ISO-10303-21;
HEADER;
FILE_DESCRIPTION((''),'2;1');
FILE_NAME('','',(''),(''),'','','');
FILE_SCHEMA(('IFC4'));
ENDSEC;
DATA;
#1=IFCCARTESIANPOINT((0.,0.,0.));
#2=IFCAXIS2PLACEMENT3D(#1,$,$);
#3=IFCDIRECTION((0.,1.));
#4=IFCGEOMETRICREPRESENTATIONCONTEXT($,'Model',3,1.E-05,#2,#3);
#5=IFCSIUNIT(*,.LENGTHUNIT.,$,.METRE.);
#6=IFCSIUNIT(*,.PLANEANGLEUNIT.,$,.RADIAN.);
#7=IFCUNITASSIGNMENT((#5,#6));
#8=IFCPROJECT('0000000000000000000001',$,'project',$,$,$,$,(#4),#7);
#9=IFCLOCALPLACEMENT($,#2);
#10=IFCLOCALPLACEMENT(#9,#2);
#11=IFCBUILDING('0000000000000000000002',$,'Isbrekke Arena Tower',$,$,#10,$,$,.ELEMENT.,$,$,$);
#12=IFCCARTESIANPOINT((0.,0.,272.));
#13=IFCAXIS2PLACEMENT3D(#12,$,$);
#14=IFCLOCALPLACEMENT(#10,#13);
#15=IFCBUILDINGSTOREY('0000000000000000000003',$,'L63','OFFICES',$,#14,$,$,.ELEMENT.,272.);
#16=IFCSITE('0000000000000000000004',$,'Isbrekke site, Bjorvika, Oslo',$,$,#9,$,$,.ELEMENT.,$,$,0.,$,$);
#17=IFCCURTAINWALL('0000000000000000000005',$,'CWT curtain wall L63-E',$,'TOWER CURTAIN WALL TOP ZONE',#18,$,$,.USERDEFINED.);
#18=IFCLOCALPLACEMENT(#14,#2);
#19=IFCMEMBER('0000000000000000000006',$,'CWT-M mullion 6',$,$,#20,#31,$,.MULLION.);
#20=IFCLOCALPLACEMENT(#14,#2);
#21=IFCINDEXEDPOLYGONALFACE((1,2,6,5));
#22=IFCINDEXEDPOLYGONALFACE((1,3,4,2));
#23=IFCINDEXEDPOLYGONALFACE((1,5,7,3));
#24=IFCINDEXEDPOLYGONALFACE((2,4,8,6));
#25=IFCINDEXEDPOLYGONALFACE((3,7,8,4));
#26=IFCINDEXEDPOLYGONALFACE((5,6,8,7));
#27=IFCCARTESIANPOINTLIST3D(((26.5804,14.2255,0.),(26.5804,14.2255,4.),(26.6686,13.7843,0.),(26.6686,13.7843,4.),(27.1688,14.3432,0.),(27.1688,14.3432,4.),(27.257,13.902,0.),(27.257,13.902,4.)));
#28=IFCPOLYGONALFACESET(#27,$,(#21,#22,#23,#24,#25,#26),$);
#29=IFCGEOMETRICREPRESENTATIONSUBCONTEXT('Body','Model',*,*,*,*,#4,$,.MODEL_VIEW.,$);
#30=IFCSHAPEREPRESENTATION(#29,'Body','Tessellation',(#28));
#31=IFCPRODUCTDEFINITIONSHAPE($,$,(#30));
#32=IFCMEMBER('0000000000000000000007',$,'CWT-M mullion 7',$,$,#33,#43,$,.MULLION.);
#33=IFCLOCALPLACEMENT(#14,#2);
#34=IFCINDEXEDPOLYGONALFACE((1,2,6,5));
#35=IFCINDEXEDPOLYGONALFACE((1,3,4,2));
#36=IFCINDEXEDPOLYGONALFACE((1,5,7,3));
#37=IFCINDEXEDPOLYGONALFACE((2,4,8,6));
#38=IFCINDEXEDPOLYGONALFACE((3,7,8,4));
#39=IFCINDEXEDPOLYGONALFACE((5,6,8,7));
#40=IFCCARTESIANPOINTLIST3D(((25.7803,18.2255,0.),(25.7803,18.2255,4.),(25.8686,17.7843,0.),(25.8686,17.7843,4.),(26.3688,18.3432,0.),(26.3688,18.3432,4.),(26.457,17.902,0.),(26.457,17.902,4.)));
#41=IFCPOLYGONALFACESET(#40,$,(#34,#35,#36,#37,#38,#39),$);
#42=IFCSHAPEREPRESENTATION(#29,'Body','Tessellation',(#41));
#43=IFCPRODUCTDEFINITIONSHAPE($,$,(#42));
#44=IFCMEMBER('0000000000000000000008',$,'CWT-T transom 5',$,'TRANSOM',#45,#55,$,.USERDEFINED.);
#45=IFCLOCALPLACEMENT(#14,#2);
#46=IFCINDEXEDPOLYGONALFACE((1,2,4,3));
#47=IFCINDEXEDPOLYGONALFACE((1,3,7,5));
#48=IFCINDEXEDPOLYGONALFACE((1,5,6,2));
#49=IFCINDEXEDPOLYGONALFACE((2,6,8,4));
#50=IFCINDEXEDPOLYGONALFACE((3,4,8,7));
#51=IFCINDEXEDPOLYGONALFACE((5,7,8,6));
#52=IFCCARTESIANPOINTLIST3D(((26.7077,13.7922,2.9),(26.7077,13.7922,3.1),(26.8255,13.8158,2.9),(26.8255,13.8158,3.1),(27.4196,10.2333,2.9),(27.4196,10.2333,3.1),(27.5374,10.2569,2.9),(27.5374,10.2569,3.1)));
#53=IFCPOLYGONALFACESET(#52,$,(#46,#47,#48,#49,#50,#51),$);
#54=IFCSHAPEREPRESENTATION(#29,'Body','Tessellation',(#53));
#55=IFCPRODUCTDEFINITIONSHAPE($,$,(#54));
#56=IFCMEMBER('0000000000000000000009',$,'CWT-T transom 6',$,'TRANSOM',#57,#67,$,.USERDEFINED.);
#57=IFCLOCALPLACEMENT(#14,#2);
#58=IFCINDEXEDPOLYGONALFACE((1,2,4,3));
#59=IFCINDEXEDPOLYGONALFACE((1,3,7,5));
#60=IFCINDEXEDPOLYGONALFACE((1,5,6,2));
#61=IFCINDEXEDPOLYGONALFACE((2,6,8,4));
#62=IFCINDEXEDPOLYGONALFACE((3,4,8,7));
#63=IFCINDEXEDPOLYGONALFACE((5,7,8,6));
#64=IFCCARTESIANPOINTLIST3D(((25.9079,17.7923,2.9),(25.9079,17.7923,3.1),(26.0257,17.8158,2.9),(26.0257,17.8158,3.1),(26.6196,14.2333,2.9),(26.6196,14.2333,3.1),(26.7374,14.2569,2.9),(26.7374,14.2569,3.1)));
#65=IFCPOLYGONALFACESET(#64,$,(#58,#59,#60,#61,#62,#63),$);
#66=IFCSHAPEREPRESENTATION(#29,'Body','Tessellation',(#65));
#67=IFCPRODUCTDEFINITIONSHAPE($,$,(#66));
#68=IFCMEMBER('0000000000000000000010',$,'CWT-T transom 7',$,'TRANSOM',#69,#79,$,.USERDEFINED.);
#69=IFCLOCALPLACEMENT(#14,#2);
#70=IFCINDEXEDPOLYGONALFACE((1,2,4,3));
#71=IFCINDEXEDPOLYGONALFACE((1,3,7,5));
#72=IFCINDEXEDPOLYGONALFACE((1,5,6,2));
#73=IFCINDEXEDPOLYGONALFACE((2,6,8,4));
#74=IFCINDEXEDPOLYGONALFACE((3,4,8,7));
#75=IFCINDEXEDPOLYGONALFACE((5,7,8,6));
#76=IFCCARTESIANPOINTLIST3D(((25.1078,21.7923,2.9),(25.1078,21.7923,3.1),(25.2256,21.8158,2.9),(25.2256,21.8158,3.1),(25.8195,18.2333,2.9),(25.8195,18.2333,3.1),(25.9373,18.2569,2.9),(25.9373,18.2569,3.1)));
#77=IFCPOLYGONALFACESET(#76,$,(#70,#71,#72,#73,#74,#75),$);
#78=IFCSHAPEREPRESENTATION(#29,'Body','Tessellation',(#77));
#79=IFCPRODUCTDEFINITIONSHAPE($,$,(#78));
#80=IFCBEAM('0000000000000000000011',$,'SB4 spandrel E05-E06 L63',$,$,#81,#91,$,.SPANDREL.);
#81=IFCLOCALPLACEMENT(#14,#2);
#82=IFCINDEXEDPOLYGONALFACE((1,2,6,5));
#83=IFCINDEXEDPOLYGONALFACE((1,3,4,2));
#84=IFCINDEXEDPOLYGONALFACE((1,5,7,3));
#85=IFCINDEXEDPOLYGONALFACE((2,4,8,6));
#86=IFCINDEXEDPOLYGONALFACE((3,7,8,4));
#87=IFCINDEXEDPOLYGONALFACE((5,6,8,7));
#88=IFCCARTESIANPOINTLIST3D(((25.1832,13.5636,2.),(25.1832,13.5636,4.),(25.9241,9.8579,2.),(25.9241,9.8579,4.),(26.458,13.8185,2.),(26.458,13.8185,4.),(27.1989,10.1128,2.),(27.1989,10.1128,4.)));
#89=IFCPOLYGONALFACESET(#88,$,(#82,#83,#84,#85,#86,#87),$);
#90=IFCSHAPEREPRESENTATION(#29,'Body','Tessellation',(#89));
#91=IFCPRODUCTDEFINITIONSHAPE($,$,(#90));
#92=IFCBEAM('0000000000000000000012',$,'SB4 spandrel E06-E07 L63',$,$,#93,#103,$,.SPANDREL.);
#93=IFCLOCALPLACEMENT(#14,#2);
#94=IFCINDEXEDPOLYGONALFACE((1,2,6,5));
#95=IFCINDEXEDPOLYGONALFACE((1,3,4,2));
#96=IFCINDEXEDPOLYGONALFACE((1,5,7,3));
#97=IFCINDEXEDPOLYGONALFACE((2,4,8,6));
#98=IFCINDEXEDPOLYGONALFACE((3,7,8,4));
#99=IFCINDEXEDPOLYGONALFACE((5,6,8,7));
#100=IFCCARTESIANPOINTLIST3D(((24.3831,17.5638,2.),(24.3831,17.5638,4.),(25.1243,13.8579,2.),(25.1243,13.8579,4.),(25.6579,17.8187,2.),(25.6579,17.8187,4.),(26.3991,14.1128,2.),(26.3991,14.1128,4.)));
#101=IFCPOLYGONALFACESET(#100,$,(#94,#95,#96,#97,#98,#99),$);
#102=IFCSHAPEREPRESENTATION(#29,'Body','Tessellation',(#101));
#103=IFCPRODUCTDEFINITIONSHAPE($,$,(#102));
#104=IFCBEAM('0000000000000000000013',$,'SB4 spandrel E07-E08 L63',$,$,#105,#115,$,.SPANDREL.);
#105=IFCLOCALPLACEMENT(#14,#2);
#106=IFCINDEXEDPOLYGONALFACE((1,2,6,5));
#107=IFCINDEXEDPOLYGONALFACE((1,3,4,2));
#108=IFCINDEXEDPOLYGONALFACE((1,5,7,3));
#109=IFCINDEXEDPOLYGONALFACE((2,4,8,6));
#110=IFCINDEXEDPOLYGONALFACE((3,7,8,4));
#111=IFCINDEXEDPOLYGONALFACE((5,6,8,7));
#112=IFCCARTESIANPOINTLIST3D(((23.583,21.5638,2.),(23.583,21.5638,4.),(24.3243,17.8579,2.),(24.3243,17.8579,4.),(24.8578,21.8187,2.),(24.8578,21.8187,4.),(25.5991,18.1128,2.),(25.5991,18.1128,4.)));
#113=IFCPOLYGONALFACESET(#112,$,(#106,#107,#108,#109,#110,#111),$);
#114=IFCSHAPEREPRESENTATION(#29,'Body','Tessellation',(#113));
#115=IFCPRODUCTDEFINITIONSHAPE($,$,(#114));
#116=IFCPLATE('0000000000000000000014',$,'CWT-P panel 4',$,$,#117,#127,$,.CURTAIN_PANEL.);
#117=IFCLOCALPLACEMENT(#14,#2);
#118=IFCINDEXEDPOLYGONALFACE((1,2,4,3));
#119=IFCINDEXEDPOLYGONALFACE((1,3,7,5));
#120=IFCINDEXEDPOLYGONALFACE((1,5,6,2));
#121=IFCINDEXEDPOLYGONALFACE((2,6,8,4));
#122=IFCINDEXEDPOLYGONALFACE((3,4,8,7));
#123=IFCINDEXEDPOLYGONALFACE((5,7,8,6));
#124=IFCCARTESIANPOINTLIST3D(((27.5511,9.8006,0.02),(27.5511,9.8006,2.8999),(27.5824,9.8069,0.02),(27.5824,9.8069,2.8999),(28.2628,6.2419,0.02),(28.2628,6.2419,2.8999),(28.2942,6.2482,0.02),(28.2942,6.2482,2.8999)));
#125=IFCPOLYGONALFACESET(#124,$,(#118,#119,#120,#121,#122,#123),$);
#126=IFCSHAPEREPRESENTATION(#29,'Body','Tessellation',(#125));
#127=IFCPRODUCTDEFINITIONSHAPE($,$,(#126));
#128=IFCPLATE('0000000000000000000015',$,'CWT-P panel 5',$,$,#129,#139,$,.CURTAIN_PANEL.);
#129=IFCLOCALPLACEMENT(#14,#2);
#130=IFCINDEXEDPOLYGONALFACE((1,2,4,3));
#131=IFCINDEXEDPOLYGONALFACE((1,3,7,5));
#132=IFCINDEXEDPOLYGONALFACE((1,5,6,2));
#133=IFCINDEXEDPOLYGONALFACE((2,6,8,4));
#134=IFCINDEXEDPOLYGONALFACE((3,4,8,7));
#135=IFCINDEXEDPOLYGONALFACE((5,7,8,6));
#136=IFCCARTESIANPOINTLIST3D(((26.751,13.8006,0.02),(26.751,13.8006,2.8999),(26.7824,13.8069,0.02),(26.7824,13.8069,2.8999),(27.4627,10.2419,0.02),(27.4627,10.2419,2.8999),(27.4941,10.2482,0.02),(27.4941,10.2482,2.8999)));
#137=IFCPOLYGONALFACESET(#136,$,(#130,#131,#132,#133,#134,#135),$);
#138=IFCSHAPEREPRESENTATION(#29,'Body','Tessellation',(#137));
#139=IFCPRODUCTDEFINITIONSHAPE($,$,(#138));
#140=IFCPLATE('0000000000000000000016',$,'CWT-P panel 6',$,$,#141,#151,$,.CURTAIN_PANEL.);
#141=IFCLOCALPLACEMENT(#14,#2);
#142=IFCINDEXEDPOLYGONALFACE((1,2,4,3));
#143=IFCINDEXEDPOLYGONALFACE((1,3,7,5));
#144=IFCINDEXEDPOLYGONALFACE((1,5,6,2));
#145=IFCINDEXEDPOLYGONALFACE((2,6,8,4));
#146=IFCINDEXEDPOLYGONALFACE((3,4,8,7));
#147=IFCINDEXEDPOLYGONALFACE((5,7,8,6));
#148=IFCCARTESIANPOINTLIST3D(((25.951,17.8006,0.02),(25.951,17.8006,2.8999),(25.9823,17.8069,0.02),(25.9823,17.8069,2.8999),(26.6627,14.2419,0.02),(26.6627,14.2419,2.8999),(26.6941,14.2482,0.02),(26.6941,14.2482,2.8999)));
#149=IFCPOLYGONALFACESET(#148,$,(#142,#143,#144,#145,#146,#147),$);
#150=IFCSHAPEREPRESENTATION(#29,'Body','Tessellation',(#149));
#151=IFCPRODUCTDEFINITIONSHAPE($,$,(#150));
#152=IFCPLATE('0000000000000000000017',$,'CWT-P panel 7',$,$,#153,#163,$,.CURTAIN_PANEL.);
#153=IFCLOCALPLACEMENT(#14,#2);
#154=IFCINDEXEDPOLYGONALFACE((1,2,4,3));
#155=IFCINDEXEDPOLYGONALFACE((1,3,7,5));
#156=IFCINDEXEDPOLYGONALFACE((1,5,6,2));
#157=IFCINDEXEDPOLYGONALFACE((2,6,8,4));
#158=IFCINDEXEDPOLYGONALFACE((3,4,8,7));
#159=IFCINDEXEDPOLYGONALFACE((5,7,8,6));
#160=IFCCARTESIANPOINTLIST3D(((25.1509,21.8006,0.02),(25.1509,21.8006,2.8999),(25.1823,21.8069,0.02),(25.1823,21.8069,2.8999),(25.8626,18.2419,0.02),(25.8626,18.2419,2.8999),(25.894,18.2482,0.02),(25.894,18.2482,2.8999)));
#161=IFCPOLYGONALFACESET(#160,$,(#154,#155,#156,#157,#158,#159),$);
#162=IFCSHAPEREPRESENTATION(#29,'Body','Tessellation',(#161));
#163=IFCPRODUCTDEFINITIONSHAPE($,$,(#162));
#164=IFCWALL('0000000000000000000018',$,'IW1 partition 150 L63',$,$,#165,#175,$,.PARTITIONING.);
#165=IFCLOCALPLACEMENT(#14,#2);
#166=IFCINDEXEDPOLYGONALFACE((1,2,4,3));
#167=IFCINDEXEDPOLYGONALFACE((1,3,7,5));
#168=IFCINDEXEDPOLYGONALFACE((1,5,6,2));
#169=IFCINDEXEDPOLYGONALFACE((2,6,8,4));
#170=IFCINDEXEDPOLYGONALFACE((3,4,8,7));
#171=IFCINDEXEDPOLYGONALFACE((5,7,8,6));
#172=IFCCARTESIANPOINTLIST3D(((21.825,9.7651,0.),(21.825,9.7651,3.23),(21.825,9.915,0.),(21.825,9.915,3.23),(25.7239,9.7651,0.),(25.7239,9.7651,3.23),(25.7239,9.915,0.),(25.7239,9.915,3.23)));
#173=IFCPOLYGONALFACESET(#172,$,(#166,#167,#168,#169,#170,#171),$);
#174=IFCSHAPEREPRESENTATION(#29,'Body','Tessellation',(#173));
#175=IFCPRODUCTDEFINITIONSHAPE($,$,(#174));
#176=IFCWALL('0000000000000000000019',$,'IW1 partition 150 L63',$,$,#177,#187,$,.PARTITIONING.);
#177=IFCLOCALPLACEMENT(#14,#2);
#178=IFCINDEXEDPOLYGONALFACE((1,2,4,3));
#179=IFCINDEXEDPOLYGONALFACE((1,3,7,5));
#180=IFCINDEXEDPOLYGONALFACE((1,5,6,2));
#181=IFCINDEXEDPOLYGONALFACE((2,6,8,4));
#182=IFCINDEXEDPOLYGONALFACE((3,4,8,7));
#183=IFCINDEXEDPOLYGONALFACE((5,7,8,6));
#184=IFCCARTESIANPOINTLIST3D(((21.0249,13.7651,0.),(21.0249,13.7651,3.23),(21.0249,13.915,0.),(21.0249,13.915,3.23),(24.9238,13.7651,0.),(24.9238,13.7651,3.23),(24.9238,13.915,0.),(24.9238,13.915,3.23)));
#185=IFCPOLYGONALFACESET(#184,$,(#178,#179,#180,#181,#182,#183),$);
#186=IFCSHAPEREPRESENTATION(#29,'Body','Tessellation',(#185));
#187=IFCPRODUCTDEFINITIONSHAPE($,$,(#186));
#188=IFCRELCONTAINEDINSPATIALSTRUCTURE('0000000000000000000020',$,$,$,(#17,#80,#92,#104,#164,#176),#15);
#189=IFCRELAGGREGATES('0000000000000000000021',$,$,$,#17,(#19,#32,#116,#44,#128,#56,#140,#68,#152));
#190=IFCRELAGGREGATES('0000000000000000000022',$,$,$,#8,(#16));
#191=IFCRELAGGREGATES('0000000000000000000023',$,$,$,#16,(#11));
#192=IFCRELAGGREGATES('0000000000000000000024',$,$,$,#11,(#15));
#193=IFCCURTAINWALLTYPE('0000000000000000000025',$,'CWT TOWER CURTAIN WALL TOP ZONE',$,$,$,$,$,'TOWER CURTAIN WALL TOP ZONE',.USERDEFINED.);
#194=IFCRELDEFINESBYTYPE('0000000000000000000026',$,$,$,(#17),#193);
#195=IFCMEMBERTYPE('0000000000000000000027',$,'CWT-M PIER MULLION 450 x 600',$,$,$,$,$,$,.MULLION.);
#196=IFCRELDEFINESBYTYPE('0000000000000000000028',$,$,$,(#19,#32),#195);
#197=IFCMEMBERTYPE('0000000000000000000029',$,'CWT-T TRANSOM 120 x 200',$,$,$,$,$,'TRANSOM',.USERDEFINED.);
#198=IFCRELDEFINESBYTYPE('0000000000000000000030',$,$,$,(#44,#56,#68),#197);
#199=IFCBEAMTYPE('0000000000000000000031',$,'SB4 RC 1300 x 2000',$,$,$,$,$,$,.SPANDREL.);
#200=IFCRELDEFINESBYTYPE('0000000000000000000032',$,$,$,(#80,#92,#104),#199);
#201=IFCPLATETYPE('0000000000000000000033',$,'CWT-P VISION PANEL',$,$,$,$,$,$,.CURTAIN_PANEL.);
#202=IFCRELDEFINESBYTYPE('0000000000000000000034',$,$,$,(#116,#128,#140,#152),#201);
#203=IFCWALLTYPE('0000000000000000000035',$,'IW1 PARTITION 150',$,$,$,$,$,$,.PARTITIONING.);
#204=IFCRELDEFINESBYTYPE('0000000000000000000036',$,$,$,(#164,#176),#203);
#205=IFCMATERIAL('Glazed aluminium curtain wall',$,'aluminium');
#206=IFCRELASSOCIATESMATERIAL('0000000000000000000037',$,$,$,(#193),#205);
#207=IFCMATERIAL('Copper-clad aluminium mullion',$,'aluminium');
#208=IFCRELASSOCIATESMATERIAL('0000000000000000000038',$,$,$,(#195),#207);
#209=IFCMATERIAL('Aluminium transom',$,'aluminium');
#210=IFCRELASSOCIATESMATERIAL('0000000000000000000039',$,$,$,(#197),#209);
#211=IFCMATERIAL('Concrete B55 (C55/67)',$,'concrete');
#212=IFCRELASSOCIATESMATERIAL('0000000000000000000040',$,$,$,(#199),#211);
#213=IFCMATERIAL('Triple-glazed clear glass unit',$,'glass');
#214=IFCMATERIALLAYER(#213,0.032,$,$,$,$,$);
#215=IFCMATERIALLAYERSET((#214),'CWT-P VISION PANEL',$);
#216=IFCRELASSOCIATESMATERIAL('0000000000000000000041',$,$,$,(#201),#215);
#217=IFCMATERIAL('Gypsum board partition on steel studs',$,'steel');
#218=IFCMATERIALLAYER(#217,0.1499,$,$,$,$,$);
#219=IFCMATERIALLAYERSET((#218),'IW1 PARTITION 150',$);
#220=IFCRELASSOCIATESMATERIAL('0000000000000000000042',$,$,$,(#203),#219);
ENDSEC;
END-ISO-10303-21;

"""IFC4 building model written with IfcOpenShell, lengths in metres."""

from ifc_helpers import new_model, si_unit, direction, frame, frame_2d, origin, origin_2d, place, context, subcontext, project, spatial, rectangle, extrude, material, layer, layer_set, material_profile, profile_set, type_object, element, aggregate, save


model = new_model("IFC4")

# Units and contexts
model_context = context("Model", 3, precision=1e-05, world=origin(), true_north=direction((0.0, 1.0)))
body_context = subcontext(model_context, "Body", "Model", "MODEL_VIEW")
ifc_project = project(units=[si_unit("LENGTHUNIT", "METRE"), si_unit("PLANEANGLEUNIT", "RADIAN")], contexts=[model_context])

# Site, building, storey
site_placement = place(None, origin())
site = spatial("IfcSite", under=ifc_project, at=site_placement, Name="Isbrekke site, Bjorvika, Oslo", CompositionType="ELEMENT", RefElevation=0.0)
building_placement = place(site_placement, origin())
building = spatial("IfcBuilding", under=site, at=building_placement, Name="Isbrekke Arena Tower", CompositionType="ELEMENT")
storey_placement = place(building_placement, frame((0.0, 0.0, 272.0)))
storey = spatial("IfcBuildingStorey", under=building, at=storey_placement, Name="L63", Description="OFFICES", CompositionType="ELEMENT", Elevation=272.0)

# Curtain wall, members
ifc_material_1 = material(Name="Glazed aluminium curtain wall", Category="aluminium")
curtain_wall_type = type_object("IfcCurtainWallType", Name="CWT TOWER CURTAIN WALL TOP ZONE", ElementType="TOWER CURTAIN WALL TOP ZONE", PredefinedType="USERDEFINED", material=ifc_material_1)
curtain_wall_placement = place(storey_placement, origin())
curtain_wall = element("IfcCurtainWall", 1, at=curtain_wall_placement, inside=storey, type_object=curtain_wall_type, Name="CWT curtain wall L63-E", ObjectType="TOWER CURTAIN WALL TOP ZONE", PredefinedType="USERDEFINED")
ifc_material_2 = material(Name="Copper-clad aluminium mullion", Category="aluminium")
ifc_material_profile_1 = material_profile(ifc_material_2, rectangle(XDim=0.45, YDim=0.6001, at=origin_2d()), Name="PIER 450X600")
ifc_profile_set_1 = profile_set([ifc_material_profile_1], Name="Copper-clad aluminium mullion")
member_type_1 = type_object("IfcMemberType", Name="CWT-M PIER MULLION 450 x 600", PredefinedType="MULLION", material=ifc_profile_set_1)
member_1_placement = place(storey_placement, frame((26.9187, 14.0637, 0.0), z_axis=(0.0, 0.0, 1.0), x_axis=(-0.196116, 0.980581, 0.0)))
member_1 = element("IfcMember", 2, at=member_1_placement, type_object=member_type_1, Name="CWT-M mullion 6", PredefinedType="MULLION", context=body_context, shape_type="SweptSolid", body=[
    extrude(rectangle(XDim=0.45, YDim=0.6001, at=origin_2d()), origin(), (0.0, 0.0, 1.0), 4.0),
])
member_2_placement = place(storey_placement, frame((26.1187, 18.0637, 0.0), z_axis=(0.0, 0.0, 1.0), x_axis=(-0.196116, 0.980581, 0.0)))
member_2 = element("IfcMember", 3, at=member_2_placement, type_object=member_type_1, Name="CWT-M mullion 7", PredefinedType="MULLION", context=body_context, shape_type="SweptSolid", body=[
    extrude(rectangle(XDim=0.45, YDim=0.6001, at=origin_2d()), origin(), (0.0, 0.0, 1.0), 4.0),
])
ifc_material_3 = material(Name="Aluminium transom", Category="aluminium")
ifc_material_profile_2 = material_profile(ifc_material_3, rectangle(XDim=0.1201, YDim=0.2, at=origin_2d()), Name="TRANSOM 120X200")
ifc_profile_set_2 = profile_set([ifc_material_profile_2], Name="Aluminium transom")
member_type_2 = type_object("IfcMemberType", Name="CWT-T TRANSOM 120 x 200", ElementType="TRANSOM", PredefinedType="USERDEFINED", material=ifc_profile_set_2)
member_3_placement = place(storey_placement, frame((27.4785, 10.2451, 3.0), z_axis=(-0.196155, 0.980573, 0.0), x_axis=(-0.980573, -0.196155, 0.0)))
member_3 = element("IfcMember", 4, at=member_3_placement, type_object=member_type_2, Name="CWT-T transom 5", ObjectType="TRANSOM", PredefinedType="USERDEFINED", context=body_context, shape_type="SweptSolid", body=[
    extrude(rectangle(XDim=0.1201, YDim=0.2, at=origin_2d()), origin(), (0.0, 0.0, 1.0), 3.6294),
])
member_4_placement = place(storey_placement, frame((26.6785, 14.2451, 3.0), z_axis=(-0.19609, 0.980586, 0.0), x_axis=(-0.980586, -0.19609, 0.0)))
member_4 = element("IfcMember", 5, at=member_4_placement, type_object=member_type_2, Name="CWT-T transom 6", ObjectType="TRANSOM", PredefinedType="USERDEFINED", context=body_context, shape_type="SweptSolid", body=[
    extrude(rectangle(XDim=0.1201, YDim=0.2, at=origin_2d()), origin(), (0.0, 0.0, 1.0), 3.6294),
])
member_5_placement = place(storey_placement, frame((25.8784, 18.2451, 3.0), z_axis=(-0.19609, 0.980586, 0.0), x_axis=(-0.980586, -0.19609, 0.0)))
member_5 = element("IfcMember", 6, at=member_5_placement, type_object=member_type_2, Name="CWT-T transom 7", ObjectType="TRANSOM", PredefinedType="USERDEFINED", context=body_context, shape_type="SweptSolid", body=[
    extrude(rectangle(XDim=0.1201, YDim=0.2, at=origin_2d()), origin(), (0.0, 0.0, 1.0), 3.6294),
])

# Beams
ifc_material_4 = material(Name="Concrete B55 (C55/67)", Category="concrete")
ifc_material_profile_3 = material_profile(ifc_material_4, rectangle(XDim=1.3, YDim=2.0, at=origin_2d()), Name="RC 1300x2000")
ifc_profile_set_3 = profile_set([ifc_material_profile_3], Name="Concrete B55 (C55/67)")
beam_type_1 = type_object("IfcBeamType", Name="SB4 RC 1300 x 2000", PredefinedType="SPANDREL", material=ifc_profile_set_3)
beam_1_placement = place(storey_placement, frame((26.5615, 9.9854, 3.0), z_axis=(-0.196066, 0.980591, 0.0), x_axis=(-0.980591, -0.196066, 0.0)))
element("IfcBeam", 7, at=beam_1_placement, inside=storey, type_object=beam_type_1, Name="SB4 spandrel E05-E06 L63", PredefinedType="SPANDREL", context=body_context, shape_type="SweptSolid", body=[
    extrude(rectangle(XDim=1.3, YDim=2.0, at=origin_2d()), origin(), (0.0, 0.0, 1.0), 3.7791),
])
for number, where, z_axis, x_axis, name in (
    (8, (25.7617, 13.9854, 3.0), (-0.196129, 0.980578, 0.0), (-0.980578, -0.196129, 0.0), "SB4 spandrel E06-E07 L63"),
    (9, (24.9617, 17.9854, 3.0), (-0.196129, 0.980578, 0.0), (-0.980578, -0.196129, 0.0), "SB4 spandrel E07-E08 L63"),
):
    element("IfcBeam", number, at=place(storey_placement, frame(where, z_axis=z_axis, x_axis=x_axis)), inside=storey, type_object=beam_type_1, Name=name, PredefinedType="SPANDREL", context=body_context, shape_type="SweptSolid", body=[
        extrude(rectangle(XDim=1.3, YDim=2.0, at=origin_2d()), origin(), (0.0, 0.0, 1.0), 3.7793),
    ])

# Plates
ifc_material_5 = material(Name="Triple-glazed clear glass unit", Category="glass")
ifc_layer_1 = layer(ifc_material_5, 0.032)
ifc_layer_set_1 = layer_set([ifc_layer_1], Name="CWT-P VISION PANEL")
plate_type = type_object("IfcPlateType", Name="CWT-P VISION PANEL", PredefinedType="CURTAIN_PANEL", material=ifc_layer_set_1)
plate_1_placement = place(storey_placement, frame((27.9226, 8.0244, 0.02), z_axis=(0.0, 0.0, 1.0), x_axis=(-0.196116, 0.980581, 0.0)))
plate_1 = element("IfcPlate", 10, at=plate_1_placement, type_object=plate_type, Name="CWT-P panel 4", PredefinedType="CURTAIN_PANEL", context=body_context, shape_type="SweptSolid", body=[
    extrude(rectangle(XDim=3.6292, YDim=0.032, at=origin_2d()), origin(), (0.0, 0.0, 1.0), 2.8799),
])
plate_2_placement = place(storey_placement, frame((27.1226, 12.0244, 0.02), z_axis=(0.0, 0.0, 1.0), x_axis=(-0.196116, 0.980581, 0.0)))
plate_2 = element("IfcPlate", 11, at=plate_2_placement, type_object=plate_type, Name="CWT-P panel 5", PredefinedType="CURTAIN_PANEL", context=body_context, shape_type="SweptSolid", body=[
    extrude(rectangle(XDim=3.6292, YDim=0.032, at=origin_2d()), origin(), (0.0, 0.0, 1.0), 2.8799),
])
plate_3_placement = place(storey_placement, frame((26.3225, 16.0244, 0.02), z_axis=(0.0, 0.0, 1.0), x_axis=(-0.196116, 0.980581, 0.0)))
plate_3 = element("IfcPlate", 12, at=plate_3_placement, type_object=plate_type, Name="CWT-P panel 6", PredefinedType="CURTAIN_PANEL", context=body_context, shape_type="SweptSolid", body=[
    extrude(rectangle(XDim=3.6292, YDim=0.032, at=origin_2d()), origin(), (0.0, 0.0, 1.0), 2.8799),
])
plate_4_placement = place(storey_placement, frame((25.5225, 20.0244, 0.02), z_axis=(0.0, 0.0, 1.0), x_axis=(-0.196116, 0.980581, 0.0)))
plate_4 = element("IfcPlate", 13, at=plate_4_placement, type_object=plate_type, Name="CWT-P panel 7", PredefinedType="CURTAIN_PANEL", context=body_context, shape_type="SweptSolid", body=[
    extrude(rectangle(XDim=3.6292, YDim=0.032, at=origin_2d()), origin(), (0.0, 0.0, 1.0), 2.8799),
])
aggregate(curtain_wall, [member_1, member_2, plate_1, member_3, plate_2, member_4, plate_3, member_5, plate_4])

# Walls
ifc_material_6 = material(Name="Gypsum board partition on steel studs", Category="steel")
ifc_layer_2 = layer(ifc_material_6, 0.1499)
ifc_layer_set_2 = layer_set([ifc_layer_2], Name="IW1 PARTITION 150")
wall_type = type_object("IfcWallType", Name="IW1 PARTITION 150", PredefinedType="PARTITIONING", material=ifc_layer_set_2)
for number, where, z_axis, x_axis, name in (
    (14, (21.825, 9.8401, 0.0), (0.0, 0.0, 1.0), (1.0, 0.0, 0.0), "IW1 partition 150 L63"),
    (15, (21.0249, 13.8401, 0.0), (0.0, 0.0, 1.0), (1.0, 0.0, 0.0), "IW1 partition 150 L63"),
):
    element("IfcWall", number, at=place(storey_placement, frame(where, z_axis=z_axis, x_axis=x_axis)), inside=storey, type_object=wall_type, Name=name, PredefinedType="PARTITIONING", context=body_context, shape_type="SweptSolid", body=[
        extrude(rectangle(XDim=3.8989, YDim=0.1499, at=frame_2d((1.9495, 0.0))), origin(), (0.0, 0.0, 1.0), 3.23),
    ])

save(model, "model.ifc")
